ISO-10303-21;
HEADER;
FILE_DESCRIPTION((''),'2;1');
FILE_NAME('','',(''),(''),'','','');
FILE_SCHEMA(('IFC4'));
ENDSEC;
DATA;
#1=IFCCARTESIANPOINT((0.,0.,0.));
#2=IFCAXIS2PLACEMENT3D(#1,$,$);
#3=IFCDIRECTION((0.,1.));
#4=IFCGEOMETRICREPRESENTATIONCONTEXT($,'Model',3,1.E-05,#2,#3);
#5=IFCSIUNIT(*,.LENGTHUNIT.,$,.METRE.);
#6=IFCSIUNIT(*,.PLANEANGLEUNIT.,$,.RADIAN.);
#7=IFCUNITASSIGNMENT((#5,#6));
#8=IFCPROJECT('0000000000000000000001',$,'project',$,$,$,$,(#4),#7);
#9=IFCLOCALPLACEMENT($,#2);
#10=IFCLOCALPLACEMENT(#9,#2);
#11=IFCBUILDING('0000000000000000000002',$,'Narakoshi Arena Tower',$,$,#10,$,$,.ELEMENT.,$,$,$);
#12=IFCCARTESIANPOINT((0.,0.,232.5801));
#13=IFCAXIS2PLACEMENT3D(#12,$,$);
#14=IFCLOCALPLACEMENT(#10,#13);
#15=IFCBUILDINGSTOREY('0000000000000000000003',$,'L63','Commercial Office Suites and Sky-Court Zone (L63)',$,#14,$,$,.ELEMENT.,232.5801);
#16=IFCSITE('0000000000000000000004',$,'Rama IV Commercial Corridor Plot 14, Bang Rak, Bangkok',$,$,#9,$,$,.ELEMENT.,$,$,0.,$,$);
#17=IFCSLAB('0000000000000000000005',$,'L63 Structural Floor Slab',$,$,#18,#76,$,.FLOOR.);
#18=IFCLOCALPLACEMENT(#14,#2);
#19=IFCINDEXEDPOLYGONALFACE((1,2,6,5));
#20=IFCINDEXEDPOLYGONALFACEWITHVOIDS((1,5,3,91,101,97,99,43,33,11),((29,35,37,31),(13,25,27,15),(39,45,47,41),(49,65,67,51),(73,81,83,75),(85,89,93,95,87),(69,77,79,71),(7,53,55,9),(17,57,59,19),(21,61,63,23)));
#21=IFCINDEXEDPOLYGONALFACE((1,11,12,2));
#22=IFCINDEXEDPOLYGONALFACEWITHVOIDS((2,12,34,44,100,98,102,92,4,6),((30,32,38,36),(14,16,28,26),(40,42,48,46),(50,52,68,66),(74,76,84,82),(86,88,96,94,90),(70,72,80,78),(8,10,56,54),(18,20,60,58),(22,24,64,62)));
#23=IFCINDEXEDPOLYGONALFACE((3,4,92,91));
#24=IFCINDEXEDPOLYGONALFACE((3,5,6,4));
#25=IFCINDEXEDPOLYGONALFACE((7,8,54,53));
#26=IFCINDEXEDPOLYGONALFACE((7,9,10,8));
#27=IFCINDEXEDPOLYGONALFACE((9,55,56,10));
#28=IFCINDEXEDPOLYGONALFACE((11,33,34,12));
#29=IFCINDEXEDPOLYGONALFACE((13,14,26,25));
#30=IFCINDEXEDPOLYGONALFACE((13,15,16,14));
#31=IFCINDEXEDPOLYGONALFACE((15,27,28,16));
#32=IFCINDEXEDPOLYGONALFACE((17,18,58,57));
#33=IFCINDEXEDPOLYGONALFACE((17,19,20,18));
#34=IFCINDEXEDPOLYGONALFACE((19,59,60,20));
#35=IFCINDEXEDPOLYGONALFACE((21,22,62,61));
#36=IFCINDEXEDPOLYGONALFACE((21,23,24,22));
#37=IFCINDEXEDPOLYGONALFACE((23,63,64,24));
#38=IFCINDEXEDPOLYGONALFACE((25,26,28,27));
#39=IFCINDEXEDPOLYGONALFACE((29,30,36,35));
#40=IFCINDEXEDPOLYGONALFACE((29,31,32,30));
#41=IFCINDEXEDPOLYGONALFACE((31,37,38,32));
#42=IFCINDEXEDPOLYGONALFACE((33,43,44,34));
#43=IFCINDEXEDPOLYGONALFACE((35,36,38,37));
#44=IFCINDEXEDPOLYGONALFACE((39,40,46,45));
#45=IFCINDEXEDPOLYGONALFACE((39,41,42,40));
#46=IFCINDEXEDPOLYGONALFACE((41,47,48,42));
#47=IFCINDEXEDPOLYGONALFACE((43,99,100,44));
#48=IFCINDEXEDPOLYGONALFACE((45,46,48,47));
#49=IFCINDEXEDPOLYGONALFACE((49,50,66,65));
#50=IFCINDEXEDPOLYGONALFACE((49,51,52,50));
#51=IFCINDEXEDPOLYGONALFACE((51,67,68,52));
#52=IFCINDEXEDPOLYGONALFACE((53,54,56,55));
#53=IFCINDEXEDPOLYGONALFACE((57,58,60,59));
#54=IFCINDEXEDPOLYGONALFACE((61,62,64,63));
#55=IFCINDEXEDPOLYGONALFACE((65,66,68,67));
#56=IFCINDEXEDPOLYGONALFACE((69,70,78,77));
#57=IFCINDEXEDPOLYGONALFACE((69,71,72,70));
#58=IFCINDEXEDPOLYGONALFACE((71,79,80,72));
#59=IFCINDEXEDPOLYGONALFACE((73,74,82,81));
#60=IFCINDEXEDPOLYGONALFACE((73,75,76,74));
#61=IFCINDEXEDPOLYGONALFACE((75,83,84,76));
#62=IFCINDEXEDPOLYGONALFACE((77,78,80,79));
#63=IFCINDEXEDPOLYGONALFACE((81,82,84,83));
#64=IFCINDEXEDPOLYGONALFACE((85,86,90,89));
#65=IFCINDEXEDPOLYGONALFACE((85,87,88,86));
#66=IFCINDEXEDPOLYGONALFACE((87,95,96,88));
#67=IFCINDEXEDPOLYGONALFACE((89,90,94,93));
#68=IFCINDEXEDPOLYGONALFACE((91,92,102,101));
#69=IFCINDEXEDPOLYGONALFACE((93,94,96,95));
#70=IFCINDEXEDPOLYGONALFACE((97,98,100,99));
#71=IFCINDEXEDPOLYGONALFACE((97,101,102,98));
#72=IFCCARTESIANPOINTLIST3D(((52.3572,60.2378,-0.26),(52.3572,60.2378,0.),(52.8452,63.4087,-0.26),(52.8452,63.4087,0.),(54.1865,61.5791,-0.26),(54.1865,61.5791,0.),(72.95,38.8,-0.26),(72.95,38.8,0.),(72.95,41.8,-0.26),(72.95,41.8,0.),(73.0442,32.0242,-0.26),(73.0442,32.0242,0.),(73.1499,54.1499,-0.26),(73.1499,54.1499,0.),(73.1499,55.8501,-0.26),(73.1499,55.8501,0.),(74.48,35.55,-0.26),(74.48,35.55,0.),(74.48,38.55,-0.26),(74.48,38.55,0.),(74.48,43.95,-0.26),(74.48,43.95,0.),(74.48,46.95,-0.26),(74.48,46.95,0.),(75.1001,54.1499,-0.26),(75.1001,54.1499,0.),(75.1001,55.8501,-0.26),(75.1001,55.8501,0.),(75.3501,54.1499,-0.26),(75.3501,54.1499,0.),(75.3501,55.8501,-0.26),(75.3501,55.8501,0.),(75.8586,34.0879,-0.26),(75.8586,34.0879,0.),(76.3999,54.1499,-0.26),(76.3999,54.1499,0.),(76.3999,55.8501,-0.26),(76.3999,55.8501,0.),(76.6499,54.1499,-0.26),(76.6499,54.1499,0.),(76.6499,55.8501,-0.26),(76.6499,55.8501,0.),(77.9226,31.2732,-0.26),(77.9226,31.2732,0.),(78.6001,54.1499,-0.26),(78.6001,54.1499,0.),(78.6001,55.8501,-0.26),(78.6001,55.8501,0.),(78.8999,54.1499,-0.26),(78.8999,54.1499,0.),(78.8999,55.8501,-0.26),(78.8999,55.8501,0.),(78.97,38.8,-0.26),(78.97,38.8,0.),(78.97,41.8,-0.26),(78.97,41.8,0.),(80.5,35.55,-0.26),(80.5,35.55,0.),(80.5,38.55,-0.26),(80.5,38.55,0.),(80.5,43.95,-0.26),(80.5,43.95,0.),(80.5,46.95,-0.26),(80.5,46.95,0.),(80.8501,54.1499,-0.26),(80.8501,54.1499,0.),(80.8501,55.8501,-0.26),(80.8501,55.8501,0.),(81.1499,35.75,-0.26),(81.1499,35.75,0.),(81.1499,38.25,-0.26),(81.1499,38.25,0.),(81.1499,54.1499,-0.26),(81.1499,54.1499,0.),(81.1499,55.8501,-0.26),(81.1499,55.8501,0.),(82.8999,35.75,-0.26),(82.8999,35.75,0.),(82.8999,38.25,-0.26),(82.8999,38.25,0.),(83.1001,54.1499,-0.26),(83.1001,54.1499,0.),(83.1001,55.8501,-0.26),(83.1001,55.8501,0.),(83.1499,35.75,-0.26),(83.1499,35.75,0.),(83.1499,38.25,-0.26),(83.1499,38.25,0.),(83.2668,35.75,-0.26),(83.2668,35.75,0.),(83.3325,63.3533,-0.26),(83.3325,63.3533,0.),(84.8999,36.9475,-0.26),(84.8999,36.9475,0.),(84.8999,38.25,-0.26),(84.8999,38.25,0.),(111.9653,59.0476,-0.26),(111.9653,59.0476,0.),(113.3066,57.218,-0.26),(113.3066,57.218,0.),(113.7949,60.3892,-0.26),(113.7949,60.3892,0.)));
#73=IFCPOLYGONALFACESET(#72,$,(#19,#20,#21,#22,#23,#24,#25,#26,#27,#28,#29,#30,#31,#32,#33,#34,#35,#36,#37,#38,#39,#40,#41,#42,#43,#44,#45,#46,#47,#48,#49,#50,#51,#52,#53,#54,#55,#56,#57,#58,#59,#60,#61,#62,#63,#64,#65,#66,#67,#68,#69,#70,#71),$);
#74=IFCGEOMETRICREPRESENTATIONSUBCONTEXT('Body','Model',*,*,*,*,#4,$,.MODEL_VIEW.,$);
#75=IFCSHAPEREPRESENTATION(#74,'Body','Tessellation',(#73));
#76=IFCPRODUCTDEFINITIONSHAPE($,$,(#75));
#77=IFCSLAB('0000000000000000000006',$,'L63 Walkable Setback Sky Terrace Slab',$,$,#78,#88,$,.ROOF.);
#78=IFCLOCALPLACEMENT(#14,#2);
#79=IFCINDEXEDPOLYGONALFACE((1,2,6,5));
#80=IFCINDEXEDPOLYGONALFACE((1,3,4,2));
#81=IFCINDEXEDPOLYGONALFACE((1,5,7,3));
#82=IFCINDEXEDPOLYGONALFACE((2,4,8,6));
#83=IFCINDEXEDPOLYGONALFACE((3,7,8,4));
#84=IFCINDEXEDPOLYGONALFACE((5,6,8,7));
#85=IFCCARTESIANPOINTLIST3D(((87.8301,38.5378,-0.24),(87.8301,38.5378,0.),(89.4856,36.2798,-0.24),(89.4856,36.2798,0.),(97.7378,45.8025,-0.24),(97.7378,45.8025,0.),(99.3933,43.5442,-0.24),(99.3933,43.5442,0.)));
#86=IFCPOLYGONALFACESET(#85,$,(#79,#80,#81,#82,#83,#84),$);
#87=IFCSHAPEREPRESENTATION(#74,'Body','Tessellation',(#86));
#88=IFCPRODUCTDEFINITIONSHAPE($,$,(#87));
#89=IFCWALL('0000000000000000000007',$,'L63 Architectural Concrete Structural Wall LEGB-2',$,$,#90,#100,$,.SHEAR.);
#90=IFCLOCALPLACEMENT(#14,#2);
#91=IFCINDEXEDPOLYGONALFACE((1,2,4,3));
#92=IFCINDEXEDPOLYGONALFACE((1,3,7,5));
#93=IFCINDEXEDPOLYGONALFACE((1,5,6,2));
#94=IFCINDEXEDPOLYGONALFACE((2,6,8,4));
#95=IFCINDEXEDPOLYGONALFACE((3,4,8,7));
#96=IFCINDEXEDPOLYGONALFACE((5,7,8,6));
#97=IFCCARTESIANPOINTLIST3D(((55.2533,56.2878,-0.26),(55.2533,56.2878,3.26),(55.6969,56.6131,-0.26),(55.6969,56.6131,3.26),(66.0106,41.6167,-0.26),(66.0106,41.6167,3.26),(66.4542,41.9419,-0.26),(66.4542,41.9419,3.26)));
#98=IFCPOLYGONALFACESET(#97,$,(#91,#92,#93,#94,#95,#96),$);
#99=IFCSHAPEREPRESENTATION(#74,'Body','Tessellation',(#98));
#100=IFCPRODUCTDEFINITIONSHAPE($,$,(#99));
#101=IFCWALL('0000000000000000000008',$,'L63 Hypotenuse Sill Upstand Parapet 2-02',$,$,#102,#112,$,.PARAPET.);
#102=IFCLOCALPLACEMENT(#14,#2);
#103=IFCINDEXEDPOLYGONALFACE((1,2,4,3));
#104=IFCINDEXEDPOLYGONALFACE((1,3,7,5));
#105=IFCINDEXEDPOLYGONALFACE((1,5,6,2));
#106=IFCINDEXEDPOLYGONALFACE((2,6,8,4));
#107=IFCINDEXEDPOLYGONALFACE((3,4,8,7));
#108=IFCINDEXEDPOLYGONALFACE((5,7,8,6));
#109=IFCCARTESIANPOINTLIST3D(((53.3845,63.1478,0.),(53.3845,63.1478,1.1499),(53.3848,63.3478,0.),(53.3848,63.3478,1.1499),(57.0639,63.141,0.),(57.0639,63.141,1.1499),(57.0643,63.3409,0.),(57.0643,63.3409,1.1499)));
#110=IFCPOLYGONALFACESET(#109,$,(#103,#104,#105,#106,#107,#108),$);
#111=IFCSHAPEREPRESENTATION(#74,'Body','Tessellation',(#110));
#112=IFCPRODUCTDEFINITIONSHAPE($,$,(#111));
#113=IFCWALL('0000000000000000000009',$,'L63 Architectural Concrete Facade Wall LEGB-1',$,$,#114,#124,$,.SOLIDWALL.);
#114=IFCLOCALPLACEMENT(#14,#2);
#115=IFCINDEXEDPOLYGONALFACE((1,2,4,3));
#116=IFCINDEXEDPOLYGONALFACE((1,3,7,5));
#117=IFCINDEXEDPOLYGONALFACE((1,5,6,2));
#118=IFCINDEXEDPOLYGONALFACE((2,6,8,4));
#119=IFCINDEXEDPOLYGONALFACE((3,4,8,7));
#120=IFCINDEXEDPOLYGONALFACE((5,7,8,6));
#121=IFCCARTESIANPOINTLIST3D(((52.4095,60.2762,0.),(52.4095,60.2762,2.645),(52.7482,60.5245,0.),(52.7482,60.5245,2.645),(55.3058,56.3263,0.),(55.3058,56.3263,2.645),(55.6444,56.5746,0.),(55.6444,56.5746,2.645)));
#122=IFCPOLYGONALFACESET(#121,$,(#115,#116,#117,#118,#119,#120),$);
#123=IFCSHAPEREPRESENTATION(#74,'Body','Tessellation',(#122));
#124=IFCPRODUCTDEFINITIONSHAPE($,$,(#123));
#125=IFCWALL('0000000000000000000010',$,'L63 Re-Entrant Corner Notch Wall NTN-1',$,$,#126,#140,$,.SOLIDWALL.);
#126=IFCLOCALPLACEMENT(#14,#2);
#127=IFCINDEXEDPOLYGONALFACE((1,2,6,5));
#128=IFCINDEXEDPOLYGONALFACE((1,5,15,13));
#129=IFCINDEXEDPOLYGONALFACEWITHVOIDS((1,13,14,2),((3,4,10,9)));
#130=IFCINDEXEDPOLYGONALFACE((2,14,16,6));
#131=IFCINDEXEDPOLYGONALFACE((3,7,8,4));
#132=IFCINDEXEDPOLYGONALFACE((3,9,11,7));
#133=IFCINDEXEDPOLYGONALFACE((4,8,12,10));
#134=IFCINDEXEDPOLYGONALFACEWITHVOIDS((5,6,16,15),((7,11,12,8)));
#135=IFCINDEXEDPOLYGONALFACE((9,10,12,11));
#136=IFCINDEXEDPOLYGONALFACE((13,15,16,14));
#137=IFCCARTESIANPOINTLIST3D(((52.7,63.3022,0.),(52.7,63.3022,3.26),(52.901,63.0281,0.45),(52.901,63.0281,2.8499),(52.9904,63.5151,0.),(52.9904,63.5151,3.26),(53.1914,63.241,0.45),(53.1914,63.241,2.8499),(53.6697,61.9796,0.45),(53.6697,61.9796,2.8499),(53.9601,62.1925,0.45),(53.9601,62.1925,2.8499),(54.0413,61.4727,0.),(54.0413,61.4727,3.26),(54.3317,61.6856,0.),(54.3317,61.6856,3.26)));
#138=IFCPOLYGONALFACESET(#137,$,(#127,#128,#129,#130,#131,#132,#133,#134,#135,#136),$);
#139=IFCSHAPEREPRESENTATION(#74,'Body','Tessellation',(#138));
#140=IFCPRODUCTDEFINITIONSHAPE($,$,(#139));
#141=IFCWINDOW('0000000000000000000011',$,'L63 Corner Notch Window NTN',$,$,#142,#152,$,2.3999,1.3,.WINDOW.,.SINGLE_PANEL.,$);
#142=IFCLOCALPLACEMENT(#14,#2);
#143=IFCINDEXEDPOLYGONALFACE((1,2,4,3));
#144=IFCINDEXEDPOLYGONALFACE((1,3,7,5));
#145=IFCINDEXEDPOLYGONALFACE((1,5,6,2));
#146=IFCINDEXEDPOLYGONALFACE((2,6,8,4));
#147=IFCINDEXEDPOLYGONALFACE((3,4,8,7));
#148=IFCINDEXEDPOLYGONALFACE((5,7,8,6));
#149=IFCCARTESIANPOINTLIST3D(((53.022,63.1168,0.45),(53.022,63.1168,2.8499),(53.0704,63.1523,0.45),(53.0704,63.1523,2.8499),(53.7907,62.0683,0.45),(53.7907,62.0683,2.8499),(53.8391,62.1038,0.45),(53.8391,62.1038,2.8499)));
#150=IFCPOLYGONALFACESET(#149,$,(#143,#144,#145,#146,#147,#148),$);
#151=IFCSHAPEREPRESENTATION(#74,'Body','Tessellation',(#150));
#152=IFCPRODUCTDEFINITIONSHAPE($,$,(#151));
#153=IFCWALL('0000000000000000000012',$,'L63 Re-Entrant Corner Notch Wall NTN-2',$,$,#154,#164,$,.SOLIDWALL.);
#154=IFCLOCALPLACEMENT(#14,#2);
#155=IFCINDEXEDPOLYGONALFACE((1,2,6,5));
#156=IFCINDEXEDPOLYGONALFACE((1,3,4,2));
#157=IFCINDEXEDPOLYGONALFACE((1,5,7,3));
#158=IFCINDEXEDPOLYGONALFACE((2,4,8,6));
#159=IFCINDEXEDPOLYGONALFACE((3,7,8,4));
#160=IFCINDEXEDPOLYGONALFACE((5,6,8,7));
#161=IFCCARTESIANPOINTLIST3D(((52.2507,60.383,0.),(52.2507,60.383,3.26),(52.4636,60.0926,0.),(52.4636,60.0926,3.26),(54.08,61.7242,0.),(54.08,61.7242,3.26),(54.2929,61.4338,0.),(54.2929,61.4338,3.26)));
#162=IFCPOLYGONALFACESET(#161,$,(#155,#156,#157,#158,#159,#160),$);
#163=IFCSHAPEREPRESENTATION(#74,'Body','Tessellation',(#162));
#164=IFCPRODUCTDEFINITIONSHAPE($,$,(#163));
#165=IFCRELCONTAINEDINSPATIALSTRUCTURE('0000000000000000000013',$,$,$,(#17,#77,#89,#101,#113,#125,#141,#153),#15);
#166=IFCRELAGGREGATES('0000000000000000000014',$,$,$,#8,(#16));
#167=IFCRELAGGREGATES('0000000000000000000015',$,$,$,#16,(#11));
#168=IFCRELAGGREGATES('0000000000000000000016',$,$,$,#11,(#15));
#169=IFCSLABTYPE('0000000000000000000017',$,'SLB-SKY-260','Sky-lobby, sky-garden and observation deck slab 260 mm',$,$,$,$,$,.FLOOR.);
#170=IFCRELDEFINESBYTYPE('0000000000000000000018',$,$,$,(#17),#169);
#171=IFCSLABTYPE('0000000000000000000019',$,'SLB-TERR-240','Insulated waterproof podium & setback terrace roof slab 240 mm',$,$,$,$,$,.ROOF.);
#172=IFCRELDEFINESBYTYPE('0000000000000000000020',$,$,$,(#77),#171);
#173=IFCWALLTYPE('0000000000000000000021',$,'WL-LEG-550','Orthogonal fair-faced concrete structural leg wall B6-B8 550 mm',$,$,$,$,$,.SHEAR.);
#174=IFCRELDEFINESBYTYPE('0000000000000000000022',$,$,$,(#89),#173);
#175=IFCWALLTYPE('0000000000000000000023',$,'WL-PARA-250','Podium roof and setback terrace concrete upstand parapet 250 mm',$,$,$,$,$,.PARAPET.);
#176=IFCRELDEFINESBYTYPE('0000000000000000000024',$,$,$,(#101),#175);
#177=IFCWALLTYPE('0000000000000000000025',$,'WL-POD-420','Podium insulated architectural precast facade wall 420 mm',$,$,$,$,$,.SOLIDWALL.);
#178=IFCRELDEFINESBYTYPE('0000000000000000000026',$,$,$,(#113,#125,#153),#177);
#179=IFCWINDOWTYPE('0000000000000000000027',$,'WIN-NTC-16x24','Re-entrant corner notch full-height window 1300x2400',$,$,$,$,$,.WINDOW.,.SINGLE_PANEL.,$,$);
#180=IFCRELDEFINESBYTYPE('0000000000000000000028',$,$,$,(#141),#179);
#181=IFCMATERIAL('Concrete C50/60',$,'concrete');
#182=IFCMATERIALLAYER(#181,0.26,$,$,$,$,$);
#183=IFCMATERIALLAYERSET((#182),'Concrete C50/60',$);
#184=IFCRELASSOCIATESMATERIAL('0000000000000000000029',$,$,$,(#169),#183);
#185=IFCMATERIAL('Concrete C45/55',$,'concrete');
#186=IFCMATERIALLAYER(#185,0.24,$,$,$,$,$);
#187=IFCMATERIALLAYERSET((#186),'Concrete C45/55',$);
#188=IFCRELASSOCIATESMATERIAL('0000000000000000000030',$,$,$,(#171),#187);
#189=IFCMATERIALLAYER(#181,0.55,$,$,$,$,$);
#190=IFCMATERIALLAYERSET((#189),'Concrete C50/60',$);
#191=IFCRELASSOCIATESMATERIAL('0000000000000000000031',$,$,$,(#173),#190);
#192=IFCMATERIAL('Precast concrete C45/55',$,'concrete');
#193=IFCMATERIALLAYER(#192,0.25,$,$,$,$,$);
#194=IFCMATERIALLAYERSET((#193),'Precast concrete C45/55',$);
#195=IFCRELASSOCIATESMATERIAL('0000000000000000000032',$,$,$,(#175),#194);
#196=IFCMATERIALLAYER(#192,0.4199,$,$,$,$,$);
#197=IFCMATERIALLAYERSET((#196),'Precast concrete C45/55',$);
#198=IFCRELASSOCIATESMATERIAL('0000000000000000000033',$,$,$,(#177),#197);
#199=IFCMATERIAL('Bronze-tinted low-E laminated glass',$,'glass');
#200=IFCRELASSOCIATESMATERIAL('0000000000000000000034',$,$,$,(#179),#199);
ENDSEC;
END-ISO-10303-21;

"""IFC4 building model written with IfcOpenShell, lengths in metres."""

from ifc_helpers import new_model, si_unit, direction, frame, frame_2d, origin, place, context, subcontext, project, spatial, polyline, rectangle, outline, extrude, material, layer, layer_set, type_object, element, fill, save


model = new_model("IFC4")

# Units and contexts
model_context = context("Model", 3, precision=1e-05, world=origin(), true_north=direction((0.0, 1.0)))
body_context = subcontext(model_context, "Body", "Model", "MODEL_VIEW")
ifc_project = project(units=[si_unit("LENGTHUNIT", "METRE"), si_unit("PLANEANGLEUNIT", "RADIAN")], contexts=[model_context])

# Site, building, storey
site_placement = place(None, origin())
site = spatial("IfcSite", under=ifc_project, at=site_placement, Name="Rama IV Commercial Corridor Plot 14, Bang Rak, Bangkok", CompositionType="ELEMENT", RefElevation=0.0)
building_placement = place(site_placement, origin())
building = spatial("IfcBuilding", under=site, at=building_placement, Name="Narakoshi Arena Tower", CompositionType="ELEMENT")
storey_placement = place(building_placement, frame((0.0, 0.0, 232.5801)))
storey = spatial("IfcBuildingStorey", under=building, at=storey_placement, Name="L63", Description="Commercial Office Suites and Sky-Court Zone (L63)", CompositionType="ELEMENT", Elevation=232.5801)

# Shared definitions
ifc_material_1 = material(Name="Concrete C50/60", Category="concrete")

# Shared definitions
ifc_material_2 = material(Name="Bronze-tinted low-E laminated glass", Category="glass")

# Shared definitions
ifc_material_3 = material(Name="Concrete C45/55", Category="concrete")

# Slabs
ifc_layer_1 = layer(ifc_material_1, 0.26)
ifc_layer_set_1 = layer_set([ifc_layer_1], Name="Concrete C50/60")
slab_type_1 = type_object("IfcSlabType", Name="SLB-SKY-260", Description="Sky-lobby, sky-garden and observation deck slab 260 mm", PredefinedType="FLOOR", material=ifc_layer_set_1)
slab_1_placement = place(storey_placement, frame((0.0, 0.0, -0.26)))
element("IfcSlab", 1, at=slab_1_placement, inside=storey, type_object=slab_type_1, Name="L63 Structural Floor Slab", PredefinedType="FLOOR", context=body_context, shape_type="SweptSolid", body=[
    extrude(outline(polyline([(77.9226, 31.2732), (113.3066, 57.218), (111.9653, 59.0476), (113.7949, 60.3892), (83.3325, 63.3533), (52.8452, 63.4087), (54.1865, 61.5791), (52.3572, 60.2378), (73.0442, 32.0242), (75.8586, 34.0879), (77.9226, 31.2732)]), holes=[polyline([(80.5, 35.55), (74.48, 35.55), (74.48, 38.55), (80.5, 38.55), (80.5, 35.55)]), polyline([(82.8999, 35.75), (81.1499, 35.75), (81.1499, 38.25), (82.8999, 38.25), (82.8999, 35.75)]), polyline([(84.8999, 36.9475), (83.2668, 35.75), (83.1499, 35.75), (83.1499, 38.25), (84.8999, 38.25), (84.8999, 36.9475)]), polyline([(72.95, 38.8), (72.95, 41.8), (78.97, 41.8), (78.97, 38.8), (72.95, 38.8)]), polyline([(74.48, 43.95), (74.48, 46.95), (80.5, 46.95), (80.5, 43.95), (74.48, 43.95)]), polyline([(75.1001, 54.1499), (73.1499, 54.1499), (73.1499, 55.8501), (75.1001, 55.8501), (75.1001, 54.1499)]), polyline([(76.3999, 54.1499), (75.3501, 54.1499), (75.3501, 55.8501), (76.3999, 55.8501), (76.3999, 54.1499)]), polyline([(78.6001, 54.1499), (76.6499, 54.1499), (76.6499, 55.8501), (78.6001, 55.8501), (78.6001, 54.1499)]), polyline([(78.8999, 54.1499), (78.8999, 55.8501), (80.8501, 55.8501), (80.8501, 54.1499), (78.8999, 54.1499)]), polyline([(81.1499, 54.1499), (81.1499, 55.8501), (83.1001, 55.8501), (83.1001, 54.1499), (81.1499, 54.1499)])]), origin(), (0.0, 0.0, 1.0), 0.26),
])
ifc_layer_2 = layer(ifc_material_3, 0.24)
ifc_layer_set_2 = layer_set([ifc_layer_2], Name="Concrete C45/55")
slab_type_2 = type_object("IfcSlabType", Name="SLB-TERR-240", Description="Insulated waterproof podium & setback terrace roof slab 240 mm", PredefinedType="ROOF", material=ifc_layer_set_2)
slab_2_placement = place(storey_placement, frame((0.0, 0.0, -0.24)))
element("IfcSlab", 2, at=slab_2_placement, inside=storey, type_object=slab_type_2, Name="L63 Walkable Setback Sky Terrace Slab", PredefinedType="ROOF", context=body_context, shape_type="SweptSolid", body=[
    extrude(outline(polyline([(87.8301, 38.5378), (89.4856, 36.2798), (99.3933, 43.5442), (97.7378, 45.8025), (87.8301, 38.5378)])), origin(), (0.0, 0.0, 1.0), 0.24),
])

# Walls
ifc_layer_3 = layer(ifc_material_1, 0.55)
ifc_layer_set_3 = layer_set([ifc_layer_3], Name="Concrete C50/60")
wall_type_1 = type_object("IfcWallType", Name="WL-LEG-550", Description="Orthogonal fair-faced concrete structural leg wall B6-B8 550 mm", PredefinedType="SHEAR", material=ifc_layer_set_3)
wall_1_placement = place(storey_placement, frame((55.4751, 56.4504, -0.26), z_axis=(0.0, 0.0, 1.0), x_axis=(0.59131, -0.806445, 0.0)))
element("IfcWall", 3, at=wall_1_placement, inside=storey, type_object=wall_type_1, Name="L63 Architectural Concrete Structural Wall LEGB-2", PredefinedType="SHEAR", context=body_context, shape_type="SweptSolid", body=[
    extrude(rectangle(XDim=18.1924, YDim=0.55, at=frame_2d((9.0962, 0.0))), origin(), (0.0, 0.0, 1.0), 3.52),
])
ifc_material_4 = material(Name="Precast concrete C45/55", Category="concrete")
ifc_layer_4 = layer(ifc_material_4, 0.25)
ifc_layer_set_4 = layer_set([ifc_layer_4], Name="Precast concrete C45/55")
wall_type_2 = type_object("IfcWallType", Name="WL-PARA-250", Description="Podium roof and setback terrace concrete upstand parapet 250 mm", PredefinedType="PARAPET", material=ifc_layer_set_4)
wall_2_placement = place(storey_placement, frame((57.0642, 63.241, 0.0), z_axis=(0.0, 0.0, 1.0), x_axis=(-0.999998, 0.001858, 0.0)))
element("IfcWall", 4, at=wall_2_placement, inside=storey, type_object=wall_type_2, Name="L63 Hypotenuse Sill Upstand Parapet 2-02", PredefinedType="PARAPET", context=body_context, shape_type="SweptSolid", body=[
    extrude(rectangle(XDim=3.6794, YDim=0.2, at=frame_2d((1.8398, 0.0))), origin(), (0.0, 0.0, 1.0), 1.1499),
])
ifc_layer_5 = layer(ifc_material_4, 0.4199)
ifc_layer_set_5 = layer_set([ifc_layer_5], Name="Precast concrete C45/55")
wall_type_3 = type_object("IfcWallType", Name="WL-POD-420", Description="Podium insulated architectural precast facade wall 420 mm", PredefinedType="SOLIDWALL", material=ifc_layer_set_5)
wall_3_placement = place(storey_placement, frame((52.5789, 60.4004, 0.0), z_axis=(0.0, 0.0, 1.0), x_axis=(0.591312, -0.806443, 0.0)))
element("IfcWall", 5, at=wall_3_placement, inside=storey, type_object=wall_type_3, Name="L63 Architectural Concrete Facade Wall LEGB-1", PredefinedType="SOLIDWALL", context=body_context, shape_type="SweptSolid", body=[
    extrude(rectangle(XDim=4.8979, YDim=0.4199, at=frame_2d((2.449, 0.0))), origin(), (0.0, 0.0, 1.0), 2.645),
])

# Wall, opening, window
wall_4_placement = place(storey_placement, frame((52.8452, 63.4087, 0.0), z_axis=(0.0, 0.0, 1.0), x_axis=(0.591252, -0.806487, 0.0)))
wall_4 = element("IfcWall", 6, at=wall_4_placement, inside=storey, type_object=wall_type_3, Name="L63 Re-Entrant Corner Notch Wall NTN-1", PredefinedType="SOLIDWALL", context=body_context, shape_type="SweptSolid", body=[
    extrude(rectangle(XDim=2.2686, YDim=0.3601, at=frame_2d((1.1343, 0.0))), origin(), (0.0, 0.0, 1.0), 3.26),
])
opening_placement = place(wall_4_placement, frame((0.3401, 0.0, 0.45)))
opening = element("IfcOpeningElement", 7, at=opening_placement, cuts=wall_4, PredefinedType="OPENING", context=body_context, shape_type="SweptSolid", body=[
    extrude(rectangle(XDim=1.3, YDim=2.3999, at=frame_2d((0.6499, 1.2))), frame((0.0, 0.1899, 0.0), z_axis=(0.0, -1.0, 0.0), x_axis=(1.0, 0.0, 0.0)), (0.0, 0.0, 1.0), 0.3801),
])
window_type = type_object("IfcWindowType", Name="WIN-NTC-16x24", Description="Re-entrant corner notch full-height window 1300x2400", PartitioningType="SINGLE_PANEL", PredefinedType="WINDOW", material=ifc_material_2)
window_placement = place(opening_placement, origin())
window = element("IfcWindow", 8, at=window_placement, inside=storey, type_object=window_type, Name="L63 Corner Notch Window NTN", OverallHeight=2.3999, OverallWidth=1.3, PartitioningType="SINGLE_PANEL", PredefinedType="WINDOW", context=body_context, shape_type="SweptSolid", body=[
    extrude(rectangle(XDim=1.3, YDim=2.3999, at=frame_2d((0.6499, 1.2))), frame((0.0, 0.03, 0.0), z_axis=(0.0, -1.0, 0.0), x_axis=(1.0, 0.0, 0.0)), (0.0, 0.0, 1.0), 0.0601),
])
fill(opening, window)

# Wall
wall_5_placement = place(storey_placement, frame((54.1865, 61.5791, 0.0), z_axis=(0.0, 0.0, 1.0), x_axis=(-0.806449, -0.591303, 0.0)))
element("IfcWall", 9, at=wall_5_placement, inside=storey, type_object=wall_type_3, Name="L63 Re-Entrant Corner Notch Wall NTN-2", PredefinedType="SOLIDWALL", context=body_context, shape_type="SweptSolid", body=[
    extrude(rectangle(XDim=2.2683, YDim=0.3601, at=frame_2d((1.1343, 0.0))), origin(), (0.0, 0.0, 1.0), 3.26),
])

save(model, "model.ifc")
